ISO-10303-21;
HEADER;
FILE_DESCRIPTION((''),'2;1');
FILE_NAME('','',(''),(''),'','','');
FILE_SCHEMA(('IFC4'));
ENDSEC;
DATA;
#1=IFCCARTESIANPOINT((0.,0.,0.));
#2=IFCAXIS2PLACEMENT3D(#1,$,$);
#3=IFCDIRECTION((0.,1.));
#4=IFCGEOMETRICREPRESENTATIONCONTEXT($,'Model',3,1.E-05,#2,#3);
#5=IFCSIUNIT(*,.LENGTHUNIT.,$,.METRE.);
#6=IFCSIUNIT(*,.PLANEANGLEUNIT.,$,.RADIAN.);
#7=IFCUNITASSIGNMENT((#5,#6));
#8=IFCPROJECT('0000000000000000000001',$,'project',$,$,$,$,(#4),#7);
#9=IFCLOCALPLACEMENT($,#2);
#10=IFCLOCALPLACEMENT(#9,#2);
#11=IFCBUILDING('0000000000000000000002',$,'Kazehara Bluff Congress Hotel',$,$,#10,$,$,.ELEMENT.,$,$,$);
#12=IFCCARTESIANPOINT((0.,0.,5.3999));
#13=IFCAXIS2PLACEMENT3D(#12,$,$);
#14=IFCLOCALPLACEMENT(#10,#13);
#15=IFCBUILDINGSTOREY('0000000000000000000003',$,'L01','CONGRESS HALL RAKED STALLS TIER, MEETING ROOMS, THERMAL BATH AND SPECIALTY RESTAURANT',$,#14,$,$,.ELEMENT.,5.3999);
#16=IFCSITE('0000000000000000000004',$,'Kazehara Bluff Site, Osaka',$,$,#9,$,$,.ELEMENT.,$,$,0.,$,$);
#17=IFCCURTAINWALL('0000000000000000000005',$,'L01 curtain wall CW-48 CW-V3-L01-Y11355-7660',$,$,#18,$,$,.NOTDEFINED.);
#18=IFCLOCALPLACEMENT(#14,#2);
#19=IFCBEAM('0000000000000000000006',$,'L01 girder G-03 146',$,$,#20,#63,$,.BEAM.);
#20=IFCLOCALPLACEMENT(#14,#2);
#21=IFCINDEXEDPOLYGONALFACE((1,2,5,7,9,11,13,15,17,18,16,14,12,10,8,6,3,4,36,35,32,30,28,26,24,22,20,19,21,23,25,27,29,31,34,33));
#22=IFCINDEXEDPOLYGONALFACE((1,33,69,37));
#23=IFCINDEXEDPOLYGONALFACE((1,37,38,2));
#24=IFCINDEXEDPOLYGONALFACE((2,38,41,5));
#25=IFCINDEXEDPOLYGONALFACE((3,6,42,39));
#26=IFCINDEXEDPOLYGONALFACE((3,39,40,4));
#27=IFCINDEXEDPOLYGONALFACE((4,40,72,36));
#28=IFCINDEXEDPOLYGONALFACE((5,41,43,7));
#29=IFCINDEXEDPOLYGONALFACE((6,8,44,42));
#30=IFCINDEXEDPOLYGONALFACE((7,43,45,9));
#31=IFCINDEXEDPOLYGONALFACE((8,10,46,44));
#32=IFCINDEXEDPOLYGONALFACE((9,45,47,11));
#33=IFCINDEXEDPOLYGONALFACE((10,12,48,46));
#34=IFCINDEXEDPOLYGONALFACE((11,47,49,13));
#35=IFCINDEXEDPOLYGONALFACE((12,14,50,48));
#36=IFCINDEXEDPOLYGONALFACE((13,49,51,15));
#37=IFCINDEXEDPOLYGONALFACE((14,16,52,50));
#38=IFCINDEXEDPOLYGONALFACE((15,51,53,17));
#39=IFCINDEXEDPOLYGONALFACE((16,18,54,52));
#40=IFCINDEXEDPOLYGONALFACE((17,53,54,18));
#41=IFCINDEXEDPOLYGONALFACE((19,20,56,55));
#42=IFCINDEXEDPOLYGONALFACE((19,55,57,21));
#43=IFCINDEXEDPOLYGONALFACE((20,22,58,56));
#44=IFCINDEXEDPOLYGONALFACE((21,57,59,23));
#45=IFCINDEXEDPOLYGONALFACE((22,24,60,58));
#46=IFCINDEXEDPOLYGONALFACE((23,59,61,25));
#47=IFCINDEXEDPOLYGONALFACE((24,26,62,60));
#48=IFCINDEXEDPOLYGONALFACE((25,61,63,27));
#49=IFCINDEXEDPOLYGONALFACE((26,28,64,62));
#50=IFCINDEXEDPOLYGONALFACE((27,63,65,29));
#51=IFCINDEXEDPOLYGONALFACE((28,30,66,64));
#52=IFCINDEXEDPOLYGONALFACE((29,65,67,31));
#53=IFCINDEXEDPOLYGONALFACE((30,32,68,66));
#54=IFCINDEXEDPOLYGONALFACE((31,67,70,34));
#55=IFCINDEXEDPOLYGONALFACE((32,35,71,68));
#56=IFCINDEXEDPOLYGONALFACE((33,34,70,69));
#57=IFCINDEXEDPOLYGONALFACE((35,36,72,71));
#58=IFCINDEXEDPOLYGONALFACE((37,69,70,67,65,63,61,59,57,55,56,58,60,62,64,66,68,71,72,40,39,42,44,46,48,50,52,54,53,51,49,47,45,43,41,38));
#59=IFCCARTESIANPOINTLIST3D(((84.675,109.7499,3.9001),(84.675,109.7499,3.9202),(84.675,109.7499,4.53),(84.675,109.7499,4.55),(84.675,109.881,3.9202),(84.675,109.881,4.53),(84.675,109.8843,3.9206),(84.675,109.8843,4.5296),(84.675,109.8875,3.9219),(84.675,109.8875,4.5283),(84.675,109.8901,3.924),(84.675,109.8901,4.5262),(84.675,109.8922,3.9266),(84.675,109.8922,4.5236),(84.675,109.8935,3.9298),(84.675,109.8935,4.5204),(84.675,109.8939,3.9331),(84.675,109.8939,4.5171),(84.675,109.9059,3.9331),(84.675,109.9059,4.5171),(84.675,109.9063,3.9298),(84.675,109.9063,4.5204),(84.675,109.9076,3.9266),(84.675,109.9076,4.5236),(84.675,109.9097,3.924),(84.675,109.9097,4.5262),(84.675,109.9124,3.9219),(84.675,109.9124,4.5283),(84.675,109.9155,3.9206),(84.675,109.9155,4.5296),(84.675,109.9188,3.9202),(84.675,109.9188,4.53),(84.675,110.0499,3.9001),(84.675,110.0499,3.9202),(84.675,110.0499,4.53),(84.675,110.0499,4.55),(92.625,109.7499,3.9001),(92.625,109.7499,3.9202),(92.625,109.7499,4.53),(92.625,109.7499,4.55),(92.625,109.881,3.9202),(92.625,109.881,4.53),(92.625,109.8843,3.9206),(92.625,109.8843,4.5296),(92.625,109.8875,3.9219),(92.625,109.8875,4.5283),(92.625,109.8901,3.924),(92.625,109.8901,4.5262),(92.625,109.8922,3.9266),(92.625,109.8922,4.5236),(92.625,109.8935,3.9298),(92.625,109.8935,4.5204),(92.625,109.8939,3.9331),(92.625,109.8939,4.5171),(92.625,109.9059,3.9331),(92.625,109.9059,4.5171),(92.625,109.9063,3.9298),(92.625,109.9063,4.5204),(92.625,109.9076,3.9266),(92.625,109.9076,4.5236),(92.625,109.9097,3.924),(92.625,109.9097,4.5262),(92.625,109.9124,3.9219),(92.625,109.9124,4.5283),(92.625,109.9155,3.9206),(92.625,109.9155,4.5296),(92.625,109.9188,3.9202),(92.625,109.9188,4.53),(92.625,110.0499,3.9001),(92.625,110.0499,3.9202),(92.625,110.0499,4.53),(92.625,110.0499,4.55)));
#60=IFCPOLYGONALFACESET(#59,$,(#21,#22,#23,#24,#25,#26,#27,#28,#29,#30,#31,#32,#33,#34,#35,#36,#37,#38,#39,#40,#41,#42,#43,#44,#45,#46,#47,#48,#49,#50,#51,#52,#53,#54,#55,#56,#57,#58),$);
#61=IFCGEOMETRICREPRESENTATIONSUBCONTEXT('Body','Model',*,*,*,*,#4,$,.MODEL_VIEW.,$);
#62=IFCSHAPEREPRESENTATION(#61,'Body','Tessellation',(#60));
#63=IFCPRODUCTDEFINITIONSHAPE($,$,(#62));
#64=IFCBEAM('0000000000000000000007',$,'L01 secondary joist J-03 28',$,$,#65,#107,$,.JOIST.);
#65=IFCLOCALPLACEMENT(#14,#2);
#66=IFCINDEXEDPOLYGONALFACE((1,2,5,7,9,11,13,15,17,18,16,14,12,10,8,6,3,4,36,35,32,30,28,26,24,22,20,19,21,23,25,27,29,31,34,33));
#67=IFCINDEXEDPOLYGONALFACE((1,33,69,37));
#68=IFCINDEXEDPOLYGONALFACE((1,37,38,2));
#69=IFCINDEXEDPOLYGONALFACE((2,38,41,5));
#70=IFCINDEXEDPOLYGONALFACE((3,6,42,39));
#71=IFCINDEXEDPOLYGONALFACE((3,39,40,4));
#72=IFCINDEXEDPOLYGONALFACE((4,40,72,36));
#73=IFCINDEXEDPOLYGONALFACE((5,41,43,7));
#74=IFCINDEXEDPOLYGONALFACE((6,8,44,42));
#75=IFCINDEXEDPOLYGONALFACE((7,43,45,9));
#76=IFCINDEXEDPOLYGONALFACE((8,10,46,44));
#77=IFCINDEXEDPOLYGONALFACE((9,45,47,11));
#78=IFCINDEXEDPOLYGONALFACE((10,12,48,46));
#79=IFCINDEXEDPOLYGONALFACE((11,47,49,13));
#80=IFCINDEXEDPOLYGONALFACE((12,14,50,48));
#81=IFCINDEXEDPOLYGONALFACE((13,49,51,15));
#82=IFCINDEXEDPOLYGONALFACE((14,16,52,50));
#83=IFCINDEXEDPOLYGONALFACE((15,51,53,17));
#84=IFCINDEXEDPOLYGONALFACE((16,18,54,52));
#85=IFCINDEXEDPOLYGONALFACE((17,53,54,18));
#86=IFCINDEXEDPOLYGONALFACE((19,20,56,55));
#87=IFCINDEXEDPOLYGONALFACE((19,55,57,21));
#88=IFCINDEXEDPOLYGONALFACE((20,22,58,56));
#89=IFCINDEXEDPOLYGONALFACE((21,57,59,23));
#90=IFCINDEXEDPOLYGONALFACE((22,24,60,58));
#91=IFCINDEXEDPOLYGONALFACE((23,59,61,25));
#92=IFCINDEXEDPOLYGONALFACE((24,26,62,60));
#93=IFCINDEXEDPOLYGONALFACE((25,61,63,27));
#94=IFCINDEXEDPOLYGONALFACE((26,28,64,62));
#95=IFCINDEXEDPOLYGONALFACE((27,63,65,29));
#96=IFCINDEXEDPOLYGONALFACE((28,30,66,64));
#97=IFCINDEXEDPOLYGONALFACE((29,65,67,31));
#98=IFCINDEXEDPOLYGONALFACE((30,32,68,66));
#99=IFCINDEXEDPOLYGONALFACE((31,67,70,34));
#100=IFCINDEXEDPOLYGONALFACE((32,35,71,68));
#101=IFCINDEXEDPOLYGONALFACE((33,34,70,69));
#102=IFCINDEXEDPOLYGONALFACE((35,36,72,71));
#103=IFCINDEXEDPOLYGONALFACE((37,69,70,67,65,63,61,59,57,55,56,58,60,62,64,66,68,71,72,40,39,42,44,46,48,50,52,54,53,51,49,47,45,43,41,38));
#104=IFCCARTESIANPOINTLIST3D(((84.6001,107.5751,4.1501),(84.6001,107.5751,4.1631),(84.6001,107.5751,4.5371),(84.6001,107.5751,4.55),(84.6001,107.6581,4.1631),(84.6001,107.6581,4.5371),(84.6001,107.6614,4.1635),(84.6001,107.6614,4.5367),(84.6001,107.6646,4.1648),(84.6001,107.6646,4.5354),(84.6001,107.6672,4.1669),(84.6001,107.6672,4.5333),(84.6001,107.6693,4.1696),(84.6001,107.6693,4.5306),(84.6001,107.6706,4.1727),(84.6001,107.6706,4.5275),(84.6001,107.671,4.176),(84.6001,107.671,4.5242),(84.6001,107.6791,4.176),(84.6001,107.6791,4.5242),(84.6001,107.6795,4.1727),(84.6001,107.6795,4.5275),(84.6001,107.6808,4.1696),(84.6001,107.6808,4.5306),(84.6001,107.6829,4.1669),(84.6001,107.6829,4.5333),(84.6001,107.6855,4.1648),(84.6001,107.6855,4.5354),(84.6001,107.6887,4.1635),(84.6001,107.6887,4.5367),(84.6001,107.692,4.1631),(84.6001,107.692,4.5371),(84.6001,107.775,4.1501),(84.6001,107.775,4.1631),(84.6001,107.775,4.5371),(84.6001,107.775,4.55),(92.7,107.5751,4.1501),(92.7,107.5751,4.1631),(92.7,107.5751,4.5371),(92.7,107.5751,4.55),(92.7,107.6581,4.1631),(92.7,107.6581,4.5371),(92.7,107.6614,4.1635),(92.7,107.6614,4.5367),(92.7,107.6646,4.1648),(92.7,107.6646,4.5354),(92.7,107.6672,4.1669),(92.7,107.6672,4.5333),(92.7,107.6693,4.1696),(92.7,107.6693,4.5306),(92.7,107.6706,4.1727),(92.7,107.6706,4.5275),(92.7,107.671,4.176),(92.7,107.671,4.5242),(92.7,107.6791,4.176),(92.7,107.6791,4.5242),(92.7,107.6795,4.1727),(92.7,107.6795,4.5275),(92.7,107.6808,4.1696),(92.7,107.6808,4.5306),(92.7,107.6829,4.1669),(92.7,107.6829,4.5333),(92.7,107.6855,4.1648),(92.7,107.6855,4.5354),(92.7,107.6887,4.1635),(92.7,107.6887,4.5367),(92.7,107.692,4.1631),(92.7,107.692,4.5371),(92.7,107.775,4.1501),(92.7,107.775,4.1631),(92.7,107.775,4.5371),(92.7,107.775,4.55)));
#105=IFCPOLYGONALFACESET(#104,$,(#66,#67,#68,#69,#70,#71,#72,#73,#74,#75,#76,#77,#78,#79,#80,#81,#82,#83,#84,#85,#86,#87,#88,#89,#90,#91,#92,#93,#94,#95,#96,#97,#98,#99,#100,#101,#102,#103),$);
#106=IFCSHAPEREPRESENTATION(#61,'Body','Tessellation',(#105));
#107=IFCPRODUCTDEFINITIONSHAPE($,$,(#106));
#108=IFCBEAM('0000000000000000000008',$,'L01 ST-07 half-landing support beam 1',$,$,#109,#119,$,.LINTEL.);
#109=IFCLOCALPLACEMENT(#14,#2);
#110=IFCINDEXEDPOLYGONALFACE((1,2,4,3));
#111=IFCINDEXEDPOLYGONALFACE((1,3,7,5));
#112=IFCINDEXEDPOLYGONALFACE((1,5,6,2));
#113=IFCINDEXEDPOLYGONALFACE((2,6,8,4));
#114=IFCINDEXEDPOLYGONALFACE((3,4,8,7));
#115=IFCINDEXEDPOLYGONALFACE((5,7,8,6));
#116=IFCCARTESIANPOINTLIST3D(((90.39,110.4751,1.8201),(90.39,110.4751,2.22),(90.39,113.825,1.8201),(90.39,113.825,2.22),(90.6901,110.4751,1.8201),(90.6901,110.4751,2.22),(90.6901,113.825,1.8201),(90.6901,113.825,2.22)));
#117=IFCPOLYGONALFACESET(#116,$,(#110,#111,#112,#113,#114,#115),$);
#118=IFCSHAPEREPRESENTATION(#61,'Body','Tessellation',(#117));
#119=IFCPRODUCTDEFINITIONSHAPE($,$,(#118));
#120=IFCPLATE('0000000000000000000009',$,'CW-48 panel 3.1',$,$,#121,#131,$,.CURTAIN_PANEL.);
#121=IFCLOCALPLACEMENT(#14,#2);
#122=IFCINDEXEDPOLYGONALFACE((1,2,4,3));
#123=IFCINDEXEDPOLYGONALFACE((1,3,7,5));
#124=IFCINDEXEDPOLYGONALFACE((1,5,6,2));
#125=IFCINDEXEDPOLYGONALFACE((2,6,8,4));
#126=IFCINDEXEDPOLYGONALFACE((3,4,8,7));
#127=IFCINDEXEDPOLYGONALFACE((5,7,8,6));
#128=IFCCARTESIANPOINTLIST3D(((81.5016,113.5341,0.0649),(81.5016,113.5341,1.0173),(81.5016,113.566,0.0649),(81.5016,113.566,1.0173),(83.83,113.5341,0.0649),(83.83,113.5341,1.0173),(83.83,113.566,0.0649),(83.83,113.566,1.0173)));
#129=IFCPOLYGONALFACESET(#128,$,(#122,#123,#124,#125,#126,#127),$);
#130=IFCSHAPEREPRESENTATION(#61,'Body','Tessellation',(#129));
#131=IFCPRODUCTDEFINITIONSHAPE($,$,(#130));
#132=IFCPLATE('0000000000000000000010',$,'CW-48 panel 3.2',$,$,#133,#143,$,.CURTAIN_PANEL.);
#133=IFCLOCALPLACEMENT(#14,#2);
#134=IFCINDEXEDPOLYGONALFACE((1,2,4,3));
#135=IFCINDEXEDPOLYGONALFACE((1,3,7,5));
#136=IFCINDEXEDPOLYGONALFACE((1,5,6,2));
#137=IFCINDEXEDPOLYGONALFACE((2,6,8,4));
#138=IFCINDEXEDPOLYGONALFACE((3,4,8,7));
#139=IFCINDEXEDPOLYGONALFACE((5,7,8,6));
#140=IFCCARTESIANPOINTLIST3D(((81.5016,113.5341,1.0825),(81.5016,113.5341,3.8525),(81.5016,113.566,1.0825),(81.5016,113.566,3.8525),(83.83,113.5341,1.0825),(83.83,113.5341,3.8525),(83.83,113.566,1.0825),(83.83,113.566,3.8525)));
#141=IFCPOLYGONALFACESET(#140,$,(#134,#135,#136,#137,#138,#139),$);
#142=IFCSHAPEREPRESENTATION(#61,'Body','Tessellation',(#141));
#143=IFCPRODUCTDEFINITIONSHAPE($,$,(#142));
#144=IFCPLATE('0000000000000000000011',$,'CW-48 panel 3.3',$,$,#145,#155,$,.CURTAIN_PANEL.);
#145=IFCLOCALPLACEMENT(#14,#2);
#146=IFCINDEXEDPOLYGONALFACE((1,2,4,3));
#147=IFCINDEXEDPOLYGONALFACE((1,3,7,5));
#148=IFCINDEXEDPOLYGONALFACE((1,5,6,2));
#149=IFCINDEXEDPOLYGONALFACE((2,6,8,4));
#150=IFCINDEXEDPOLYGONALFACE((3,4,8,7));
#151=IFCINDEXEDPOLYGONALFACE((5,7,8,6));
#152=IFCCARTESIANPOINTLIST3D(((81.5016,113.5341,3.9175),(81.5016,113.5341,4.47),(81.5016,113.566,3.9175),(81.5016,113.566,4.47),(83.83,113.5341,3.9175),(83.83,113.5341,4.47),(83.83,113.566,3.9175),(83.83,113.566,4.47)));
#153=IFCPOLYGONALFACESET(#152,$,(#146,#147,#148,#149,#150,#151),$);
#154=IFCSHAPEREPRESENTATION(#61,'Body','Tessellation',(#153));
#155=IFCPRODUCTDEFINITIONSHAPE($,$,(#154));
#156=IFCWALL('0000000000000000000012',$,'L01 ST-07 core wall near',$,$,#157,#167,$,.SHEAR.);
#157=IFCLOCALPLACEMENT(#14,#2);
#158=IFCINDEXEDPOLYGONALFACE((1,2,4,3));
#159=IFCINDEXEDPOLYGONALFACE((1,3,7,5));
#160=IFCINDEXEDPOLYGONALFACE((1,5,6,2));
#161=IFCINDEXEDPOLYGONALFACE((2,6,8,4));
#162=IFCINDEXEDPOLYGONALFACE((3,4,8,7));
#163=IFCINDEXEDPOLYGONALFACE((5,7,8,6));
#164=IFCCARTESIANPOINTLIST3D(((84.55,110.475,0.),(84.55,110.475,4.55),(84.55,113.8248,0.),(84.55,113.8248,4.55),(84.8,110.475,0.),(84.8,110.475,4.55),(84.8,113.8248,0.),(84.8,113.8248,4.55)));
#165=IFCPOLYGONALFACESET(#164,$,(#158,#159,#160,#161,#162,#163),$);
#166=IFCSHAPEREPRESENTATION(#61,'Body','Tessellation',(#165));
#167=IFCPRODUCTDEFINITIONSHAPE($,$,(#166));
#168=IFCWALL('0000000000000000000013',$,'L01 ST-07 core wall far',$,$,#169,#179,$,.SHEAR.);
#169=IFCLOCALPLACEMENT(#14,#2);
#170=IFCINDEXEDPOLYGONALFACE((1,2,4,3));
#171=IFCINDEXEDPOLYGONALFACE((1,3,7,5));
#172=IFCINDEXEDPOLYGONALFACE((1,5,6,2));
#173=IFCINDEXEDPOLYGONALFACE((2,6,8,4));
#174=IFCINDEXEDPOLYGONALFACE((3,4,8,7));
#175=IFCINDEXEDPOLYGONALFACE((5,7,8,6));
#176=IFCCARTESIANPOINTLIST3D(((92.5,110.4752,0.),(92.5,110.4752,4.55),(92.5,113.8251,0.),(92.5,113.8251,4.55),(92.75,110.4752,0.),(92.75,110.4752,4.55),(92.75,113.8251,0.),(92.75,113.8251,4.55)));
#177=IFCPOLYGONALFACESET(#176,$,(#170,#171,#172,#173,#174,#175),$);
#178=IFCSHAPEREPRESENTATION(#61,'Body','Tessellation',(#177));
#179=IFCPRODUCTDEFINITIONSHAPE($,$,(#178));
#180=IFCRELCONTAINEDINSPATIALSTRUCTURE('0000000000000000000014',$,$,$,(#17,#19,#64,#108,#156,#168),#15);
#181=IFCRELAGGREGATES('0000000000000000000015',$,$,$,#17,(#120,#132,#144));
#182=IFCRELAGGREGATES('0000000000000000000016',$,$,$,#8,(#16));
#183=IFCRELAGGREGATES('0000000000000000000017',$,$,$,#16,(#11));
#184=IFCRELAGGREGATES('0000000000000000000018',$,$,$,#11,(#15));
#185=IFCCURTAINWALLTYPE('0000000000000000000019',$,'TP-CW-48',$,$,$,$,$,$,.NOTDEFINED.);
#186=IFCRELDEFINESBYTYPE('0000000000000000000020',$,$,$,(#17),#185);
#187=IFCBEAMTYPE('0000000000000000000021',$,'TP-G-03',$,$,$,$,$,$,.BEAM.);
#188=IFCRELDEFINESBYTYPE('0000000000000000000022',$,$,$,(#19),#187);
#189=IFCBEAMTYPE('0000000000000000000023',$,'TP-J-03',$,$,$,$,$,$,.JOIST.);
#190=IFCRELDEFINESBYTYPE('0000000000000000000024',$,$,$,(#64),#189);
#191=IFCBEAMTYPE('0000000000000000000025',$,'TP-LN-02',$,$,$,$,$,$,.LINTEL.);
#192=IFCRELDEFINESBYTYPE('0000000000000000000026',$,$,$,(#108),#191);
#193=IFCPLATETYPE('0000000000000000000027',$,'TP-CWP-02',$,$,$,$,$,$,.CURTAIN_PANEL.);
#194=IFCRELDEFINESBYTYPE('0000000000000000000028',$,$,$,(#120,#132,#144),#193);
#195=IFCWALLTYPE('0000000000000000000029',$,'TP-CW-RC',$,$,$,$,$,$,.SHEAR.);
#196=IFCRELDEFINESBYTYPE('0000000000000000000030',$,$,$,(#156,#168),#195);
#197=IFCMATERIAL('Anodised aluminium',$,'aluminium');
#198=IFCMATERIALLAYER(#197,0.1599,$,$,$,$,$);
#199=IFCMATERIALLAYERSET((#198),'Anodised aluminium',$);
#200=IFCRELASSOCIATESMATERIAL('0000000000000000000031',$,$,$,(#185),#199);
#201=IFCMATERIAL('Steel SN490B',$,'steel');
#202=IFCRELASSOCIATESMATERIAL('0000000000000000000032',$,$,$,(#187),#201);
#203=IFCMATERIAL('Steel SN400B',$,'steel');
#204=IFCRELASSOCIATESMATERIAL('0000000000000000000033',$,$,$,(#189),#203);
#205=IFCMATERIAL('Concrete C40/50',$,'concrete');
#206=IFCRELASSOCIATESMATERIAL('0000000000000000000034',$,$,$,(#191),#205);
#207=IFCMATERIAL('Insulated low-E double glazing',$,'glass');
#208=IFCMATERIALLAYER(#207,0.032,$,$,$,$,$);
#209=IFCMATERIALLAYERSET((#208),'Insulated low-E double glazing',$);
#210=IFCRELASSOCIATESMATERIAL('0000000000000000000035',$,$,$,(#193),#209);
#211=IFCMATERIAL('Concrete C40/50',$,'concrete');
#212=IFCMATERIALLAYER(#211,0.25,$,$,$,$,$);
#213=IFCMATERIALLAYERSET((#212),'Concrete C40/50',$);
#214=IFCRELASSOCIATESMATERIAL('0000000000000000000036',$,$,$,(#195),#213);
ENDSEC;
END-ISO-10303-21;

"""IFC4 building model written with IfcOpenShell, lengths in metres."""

from ifc_helpers import new_model, si_unit, direction, frame, frame_2d, origin, origin_2d, place, context, subcontext, project, spatial, rectangle, i_section, extrude, material, layer, layer_set, material_profile, profile_set, type_object, element, aggregate, save


model = new_model("IFC4")

# Units and contexts
model_context = context("Model", 3, precision=1e-05, world=origin(), true_north=direction((0.0, 1.0)))
body_context = subcontext(model_context, "Body", "Model", "MODEL_VIEW")
ifc_project = project(units=[si_unit("LENGTHUNIT", "METRE"), si_unit("PLANEANGLEUNIT", "RADIAN")], contexts=[model_context])

# Site, building, storey
site_placement = place(None, origin())
site = spatial("IfcSite", under=ifc_project, at=site_placement, Name="Kazehara Bluff Site, Osaka", CompositionType="ELEMENT", RefElevation=0.0)
building_placement = place(site_placement, origin())
building = spatial("IfcBuilding", under=site, at=building_placement, Name="Kazehara Bluff Congress Hotel", CompositionType="ELEMENT")
storey_placement = place(building_placement, frame((0.0, 0.0, 5.3999)))
storey = spatial("IfcBuildingStorey", under=building, at=storey_placement, Name="L01", Description="CONGRESS HALL RAKED STALLS TIER, MEETING ROOMS, THERMAL BATH AND SPECIALTY RESTAURANT", CompositionType="ELEMENT", Elevation=5.3999)

# Curtain wall
ifc_material_1 = material(Name="Anodised aluminium", Category="aluminium")
ifc_layer_1 = layer(ifc_material_1, 0.1599)
ifc_layer_set_1 = layer_set([ifc_layer_1], Name="Anodised aluminium")
curtain_wall_type_1 = type_object("IfcCurtainWallType", Name="TP-CW-48", PredefinedType="NOTDEFINED", material=ifc_layer_set_1)
curtain_wall_1_placement = place(storey_placement, origin())
curtain_wall_1 = element("IfcCurtainWall", 1, at=curtain_wall_1_placement, inside=storey, type_object=curtain_wall_type_1, Name="L01 curtain wall CW-48 CW-V3-L01-Y11355-7660", PredefinedType="NOTDEFINED")

# Beams
ifc_material_2 = material(Name="Steel SN490B", Category="steel")
ifc_material_profile_1 = material_profile(ifc_material_2, i_section(OverallWidth=0.3, OverallDepth=0.6499, WebThickness=0.012, FlangeThickness=0.02, FilletRadius=0.0129, at=origin_2d()))
ifc_profile_set_1 = profile_set([ifc_material_profile_1], Name="Steel SN490B")
beam_type_1 = type_object("IfcBeamType", Name="TP-G-03", PredefinedType="BEAM", material=ifc_profile_set_1)
for number, where, z_axis, x_axis, name in (
    (2, (84.675, 109.8999, 4.2251), (1.0, 0.0, 0.0), (0.0, 1.0, 0.0), "L01 girder G-03 146"),
):
    element("IfcBeam", number, at=place(storey_placement, frame(where, z_axis=z_axis, x_axis=x_axis)), inside=storey, type_object=beam_type_1, Name=name, PredefinedType="BEAM", context=body_context, shape_type="SweptSolid", body=[
        extrude(i_section(OverallWidth=0.3, OverallDepth=0.6499, WebThickness=0.012, FlangeThickness=0.02, FilletRadius=0.0129, at=origin_2d()), origin(), (0.0, 0.0, 1.0), 7.95),
    ])
ifc_material_3 = material(Name="Steel SN400B", Category="steel")
ifc_material_profile_2 = material_profile(ifc_material_3, i_section(OverallWidth=0.2, OverallDepth=0.3999, WebThickness=0.0081, FlangeThickness=0.0129, FilletRadius=0.0129, at=origin_2d()))
ifc_profile_set_2 = profile_set([ifc_material_profile_2], Name="Steel SN400B")
beam_type_2 = type_object("IfcBeamType", Name="TP-J-03", PredefinedType="JOIST", material=ifc_profile_set_2)
beam_1_placement = place(storey_placement, frame((84.6001, 107.675, 4.3501), z_axis=(1.0, 0.0, 0.0), x_axis=(0.0, 1.0, 0.0)))
element("IfcBeam", 3, at=beam_1_placement, inside=storey, type_object=beam_type_2, Name="L01 secondary joist J-03 28", PredefinedType="JOIST", context=body_context, shape_type="SweptSolid", body=[
    extrude(i_section(OverallWidth=0.2, OverallDepth=0.3999, WebThickness=0.0081, FlangeThickness=0.0129, FilletRadius=0.0129, at=origin_2d()), origin(), (0.0, 0.0, 1.0), 8.0999),
])
ifc_material_4 = material(Name="Concrete C40/50", Category="concrete")
ifc_material_profile_3 = material_profile(ifc_material_4, rectangle(XDim=0.3, YDim=0.3999, at=origin_2d()))
ifc_profile_set_3 = profile_set([ifc_material_profile_3], Name="Concrete C40/50")
beam_type_3 = type_object("IfcBeamType", Name="TP-LN-02", PredefinedType="LINTEL", material=ifc_profile_set_3)
beam_2_placement = place(storey_placement, frame((90.54, 110.4751, 2.02), z_axis=(0.0, 1.0, 0.0), x_axis=(-1.0, 0.0, 0.0)))
element("IfcBeam", 4, at=beam_2_placement, inside=storey, type_object=beam_type_3, Name="L01 ST-07 half-landing support beam 1", PredefinedType="LINTEL", context=body_context, shape_type="SweptSolid", body=[
    extrude(rectangle(XDim=0.3, YDim=0.3999, at=origin_2d()), origin(), (0.0, 0.0, 1.0), 3.3499),
])

# Plates
ifc_material_5 = material(Name="Insulated low-E double glazing", Category="glass")
ifc_layer_2 = layer(ifc_material_5, 0.032)
ifc_layer_set_2 = layer_set([ifc_layer_2], Name="Insulated low-E double glazing")
plate_type = type_object("IfcPlateType", Name="TP-CWP-02", PredefinedType="CURTAIN_PANEL", material=ifc_layer_set_2)
plate_1_placement = place(storey_placement, frame((82.6658, 113.55, 0.0649), z_axis=(0.0, 0.0, 1.0), x_axis=(1.0, 0.0, 0.0)))
plate_1 = element("IfcPlate", 5, at=plate_1_placement, type_object=plate_type, Name="CW-48 panel 3.1", PredefinedType="CURTAIN_PANEL", context=body_context, shape_type="SweptSolid", body=[
    extrude(rectangle(XDim=2.3284, YDim=0.032, at=origin_2d()), origin(), (0.0, 0.0, 1.0), 0.9524),
])
plate_2_placement = place(storey_placement, frame((82.6658, 113.55, 1.0825), z_axis=(0.0, 0.0, 1.0), x_axis=(1.0, 0.0, 0.0)))
plate_2 = element("IfcPlate", 6, at=plate_2_placement, type_object=plate_type, Name="CW-48 panel 3.2", PredefinedType="CURTAIN_PANEL", context=body_context, shape_type="SweptSolid", body=[
    extrude(rectangle(XDim=2.3284, YDim=0.032, at=origin_2d()), origin(), (0.0, 0.0, 1.0), 2.77),
])
plate_3_placement = place(storey_placement, frame((82.6658, 113.55, 3.9175), z_axis=(0.0, 0.0, 1.0), x_axis=(1.0, 0.0, 0.0)))
plate_3 = element("IfcPlate", 7, at=plate_3_placement, type_object=plate_type, Name="CW-48 panel 3.3", PredefinedType="CURTAIN_PANEL", context=body_context, shape_type="SweptSolid", body=[
    extrude(rectangle(XDim=2.3284, YDim=0.032, at=origin_2d()), origin(), (0.0, 0.0, 1.0), 0.5525),
])
aggregate(curtain_wall_1, [plate_1, plate_2, plate_3])

# Walls
ifc_material_6 = material(Name="Concrete C40/50", Category="concrete")
ifc_layer_3 = layer(ifc_material_6, 0.25)
ifc_layer_set_3 = layer_set([ifc_layer_3], Name="Concrete C40/50")
wall_type_1 = type_object("IfcWallType", Name="TP-CW-RC", PredefinedType="SHEAR", material=ifc_layer_set_3)
for number, where, z_axis, x_axis, name in (
    (8, (84.675, 110.4751, 0.0), (0.0, 0.0, 1.0), (0.0, 1.0, 0.0), "L01 ST-07 core wall near"),
    (9, (92.625, 113.825, 0.0), (0.0, 0.0, 1.0), (0.0, -1.0, 0.0), "L01 ST-07 core wall far"),
):
    element("IfcWall", number, at=place(storey_placement, frame(where, z_axis=z_axis, x_axis=x_axis)), inside=storey, type_object=wall_type_1, Name=name, PredefinedType="SHEAR", context=body_context, shape_type="SweptSolid", body=[
        extrude(rectangle(XDim=3.3499, YDim=0.25, at=frame_2d((1.6748, 0.0))), origin(), (0.0, 0.0, 1.0), 4.55),
    ])

save(model, "model.ifc")
